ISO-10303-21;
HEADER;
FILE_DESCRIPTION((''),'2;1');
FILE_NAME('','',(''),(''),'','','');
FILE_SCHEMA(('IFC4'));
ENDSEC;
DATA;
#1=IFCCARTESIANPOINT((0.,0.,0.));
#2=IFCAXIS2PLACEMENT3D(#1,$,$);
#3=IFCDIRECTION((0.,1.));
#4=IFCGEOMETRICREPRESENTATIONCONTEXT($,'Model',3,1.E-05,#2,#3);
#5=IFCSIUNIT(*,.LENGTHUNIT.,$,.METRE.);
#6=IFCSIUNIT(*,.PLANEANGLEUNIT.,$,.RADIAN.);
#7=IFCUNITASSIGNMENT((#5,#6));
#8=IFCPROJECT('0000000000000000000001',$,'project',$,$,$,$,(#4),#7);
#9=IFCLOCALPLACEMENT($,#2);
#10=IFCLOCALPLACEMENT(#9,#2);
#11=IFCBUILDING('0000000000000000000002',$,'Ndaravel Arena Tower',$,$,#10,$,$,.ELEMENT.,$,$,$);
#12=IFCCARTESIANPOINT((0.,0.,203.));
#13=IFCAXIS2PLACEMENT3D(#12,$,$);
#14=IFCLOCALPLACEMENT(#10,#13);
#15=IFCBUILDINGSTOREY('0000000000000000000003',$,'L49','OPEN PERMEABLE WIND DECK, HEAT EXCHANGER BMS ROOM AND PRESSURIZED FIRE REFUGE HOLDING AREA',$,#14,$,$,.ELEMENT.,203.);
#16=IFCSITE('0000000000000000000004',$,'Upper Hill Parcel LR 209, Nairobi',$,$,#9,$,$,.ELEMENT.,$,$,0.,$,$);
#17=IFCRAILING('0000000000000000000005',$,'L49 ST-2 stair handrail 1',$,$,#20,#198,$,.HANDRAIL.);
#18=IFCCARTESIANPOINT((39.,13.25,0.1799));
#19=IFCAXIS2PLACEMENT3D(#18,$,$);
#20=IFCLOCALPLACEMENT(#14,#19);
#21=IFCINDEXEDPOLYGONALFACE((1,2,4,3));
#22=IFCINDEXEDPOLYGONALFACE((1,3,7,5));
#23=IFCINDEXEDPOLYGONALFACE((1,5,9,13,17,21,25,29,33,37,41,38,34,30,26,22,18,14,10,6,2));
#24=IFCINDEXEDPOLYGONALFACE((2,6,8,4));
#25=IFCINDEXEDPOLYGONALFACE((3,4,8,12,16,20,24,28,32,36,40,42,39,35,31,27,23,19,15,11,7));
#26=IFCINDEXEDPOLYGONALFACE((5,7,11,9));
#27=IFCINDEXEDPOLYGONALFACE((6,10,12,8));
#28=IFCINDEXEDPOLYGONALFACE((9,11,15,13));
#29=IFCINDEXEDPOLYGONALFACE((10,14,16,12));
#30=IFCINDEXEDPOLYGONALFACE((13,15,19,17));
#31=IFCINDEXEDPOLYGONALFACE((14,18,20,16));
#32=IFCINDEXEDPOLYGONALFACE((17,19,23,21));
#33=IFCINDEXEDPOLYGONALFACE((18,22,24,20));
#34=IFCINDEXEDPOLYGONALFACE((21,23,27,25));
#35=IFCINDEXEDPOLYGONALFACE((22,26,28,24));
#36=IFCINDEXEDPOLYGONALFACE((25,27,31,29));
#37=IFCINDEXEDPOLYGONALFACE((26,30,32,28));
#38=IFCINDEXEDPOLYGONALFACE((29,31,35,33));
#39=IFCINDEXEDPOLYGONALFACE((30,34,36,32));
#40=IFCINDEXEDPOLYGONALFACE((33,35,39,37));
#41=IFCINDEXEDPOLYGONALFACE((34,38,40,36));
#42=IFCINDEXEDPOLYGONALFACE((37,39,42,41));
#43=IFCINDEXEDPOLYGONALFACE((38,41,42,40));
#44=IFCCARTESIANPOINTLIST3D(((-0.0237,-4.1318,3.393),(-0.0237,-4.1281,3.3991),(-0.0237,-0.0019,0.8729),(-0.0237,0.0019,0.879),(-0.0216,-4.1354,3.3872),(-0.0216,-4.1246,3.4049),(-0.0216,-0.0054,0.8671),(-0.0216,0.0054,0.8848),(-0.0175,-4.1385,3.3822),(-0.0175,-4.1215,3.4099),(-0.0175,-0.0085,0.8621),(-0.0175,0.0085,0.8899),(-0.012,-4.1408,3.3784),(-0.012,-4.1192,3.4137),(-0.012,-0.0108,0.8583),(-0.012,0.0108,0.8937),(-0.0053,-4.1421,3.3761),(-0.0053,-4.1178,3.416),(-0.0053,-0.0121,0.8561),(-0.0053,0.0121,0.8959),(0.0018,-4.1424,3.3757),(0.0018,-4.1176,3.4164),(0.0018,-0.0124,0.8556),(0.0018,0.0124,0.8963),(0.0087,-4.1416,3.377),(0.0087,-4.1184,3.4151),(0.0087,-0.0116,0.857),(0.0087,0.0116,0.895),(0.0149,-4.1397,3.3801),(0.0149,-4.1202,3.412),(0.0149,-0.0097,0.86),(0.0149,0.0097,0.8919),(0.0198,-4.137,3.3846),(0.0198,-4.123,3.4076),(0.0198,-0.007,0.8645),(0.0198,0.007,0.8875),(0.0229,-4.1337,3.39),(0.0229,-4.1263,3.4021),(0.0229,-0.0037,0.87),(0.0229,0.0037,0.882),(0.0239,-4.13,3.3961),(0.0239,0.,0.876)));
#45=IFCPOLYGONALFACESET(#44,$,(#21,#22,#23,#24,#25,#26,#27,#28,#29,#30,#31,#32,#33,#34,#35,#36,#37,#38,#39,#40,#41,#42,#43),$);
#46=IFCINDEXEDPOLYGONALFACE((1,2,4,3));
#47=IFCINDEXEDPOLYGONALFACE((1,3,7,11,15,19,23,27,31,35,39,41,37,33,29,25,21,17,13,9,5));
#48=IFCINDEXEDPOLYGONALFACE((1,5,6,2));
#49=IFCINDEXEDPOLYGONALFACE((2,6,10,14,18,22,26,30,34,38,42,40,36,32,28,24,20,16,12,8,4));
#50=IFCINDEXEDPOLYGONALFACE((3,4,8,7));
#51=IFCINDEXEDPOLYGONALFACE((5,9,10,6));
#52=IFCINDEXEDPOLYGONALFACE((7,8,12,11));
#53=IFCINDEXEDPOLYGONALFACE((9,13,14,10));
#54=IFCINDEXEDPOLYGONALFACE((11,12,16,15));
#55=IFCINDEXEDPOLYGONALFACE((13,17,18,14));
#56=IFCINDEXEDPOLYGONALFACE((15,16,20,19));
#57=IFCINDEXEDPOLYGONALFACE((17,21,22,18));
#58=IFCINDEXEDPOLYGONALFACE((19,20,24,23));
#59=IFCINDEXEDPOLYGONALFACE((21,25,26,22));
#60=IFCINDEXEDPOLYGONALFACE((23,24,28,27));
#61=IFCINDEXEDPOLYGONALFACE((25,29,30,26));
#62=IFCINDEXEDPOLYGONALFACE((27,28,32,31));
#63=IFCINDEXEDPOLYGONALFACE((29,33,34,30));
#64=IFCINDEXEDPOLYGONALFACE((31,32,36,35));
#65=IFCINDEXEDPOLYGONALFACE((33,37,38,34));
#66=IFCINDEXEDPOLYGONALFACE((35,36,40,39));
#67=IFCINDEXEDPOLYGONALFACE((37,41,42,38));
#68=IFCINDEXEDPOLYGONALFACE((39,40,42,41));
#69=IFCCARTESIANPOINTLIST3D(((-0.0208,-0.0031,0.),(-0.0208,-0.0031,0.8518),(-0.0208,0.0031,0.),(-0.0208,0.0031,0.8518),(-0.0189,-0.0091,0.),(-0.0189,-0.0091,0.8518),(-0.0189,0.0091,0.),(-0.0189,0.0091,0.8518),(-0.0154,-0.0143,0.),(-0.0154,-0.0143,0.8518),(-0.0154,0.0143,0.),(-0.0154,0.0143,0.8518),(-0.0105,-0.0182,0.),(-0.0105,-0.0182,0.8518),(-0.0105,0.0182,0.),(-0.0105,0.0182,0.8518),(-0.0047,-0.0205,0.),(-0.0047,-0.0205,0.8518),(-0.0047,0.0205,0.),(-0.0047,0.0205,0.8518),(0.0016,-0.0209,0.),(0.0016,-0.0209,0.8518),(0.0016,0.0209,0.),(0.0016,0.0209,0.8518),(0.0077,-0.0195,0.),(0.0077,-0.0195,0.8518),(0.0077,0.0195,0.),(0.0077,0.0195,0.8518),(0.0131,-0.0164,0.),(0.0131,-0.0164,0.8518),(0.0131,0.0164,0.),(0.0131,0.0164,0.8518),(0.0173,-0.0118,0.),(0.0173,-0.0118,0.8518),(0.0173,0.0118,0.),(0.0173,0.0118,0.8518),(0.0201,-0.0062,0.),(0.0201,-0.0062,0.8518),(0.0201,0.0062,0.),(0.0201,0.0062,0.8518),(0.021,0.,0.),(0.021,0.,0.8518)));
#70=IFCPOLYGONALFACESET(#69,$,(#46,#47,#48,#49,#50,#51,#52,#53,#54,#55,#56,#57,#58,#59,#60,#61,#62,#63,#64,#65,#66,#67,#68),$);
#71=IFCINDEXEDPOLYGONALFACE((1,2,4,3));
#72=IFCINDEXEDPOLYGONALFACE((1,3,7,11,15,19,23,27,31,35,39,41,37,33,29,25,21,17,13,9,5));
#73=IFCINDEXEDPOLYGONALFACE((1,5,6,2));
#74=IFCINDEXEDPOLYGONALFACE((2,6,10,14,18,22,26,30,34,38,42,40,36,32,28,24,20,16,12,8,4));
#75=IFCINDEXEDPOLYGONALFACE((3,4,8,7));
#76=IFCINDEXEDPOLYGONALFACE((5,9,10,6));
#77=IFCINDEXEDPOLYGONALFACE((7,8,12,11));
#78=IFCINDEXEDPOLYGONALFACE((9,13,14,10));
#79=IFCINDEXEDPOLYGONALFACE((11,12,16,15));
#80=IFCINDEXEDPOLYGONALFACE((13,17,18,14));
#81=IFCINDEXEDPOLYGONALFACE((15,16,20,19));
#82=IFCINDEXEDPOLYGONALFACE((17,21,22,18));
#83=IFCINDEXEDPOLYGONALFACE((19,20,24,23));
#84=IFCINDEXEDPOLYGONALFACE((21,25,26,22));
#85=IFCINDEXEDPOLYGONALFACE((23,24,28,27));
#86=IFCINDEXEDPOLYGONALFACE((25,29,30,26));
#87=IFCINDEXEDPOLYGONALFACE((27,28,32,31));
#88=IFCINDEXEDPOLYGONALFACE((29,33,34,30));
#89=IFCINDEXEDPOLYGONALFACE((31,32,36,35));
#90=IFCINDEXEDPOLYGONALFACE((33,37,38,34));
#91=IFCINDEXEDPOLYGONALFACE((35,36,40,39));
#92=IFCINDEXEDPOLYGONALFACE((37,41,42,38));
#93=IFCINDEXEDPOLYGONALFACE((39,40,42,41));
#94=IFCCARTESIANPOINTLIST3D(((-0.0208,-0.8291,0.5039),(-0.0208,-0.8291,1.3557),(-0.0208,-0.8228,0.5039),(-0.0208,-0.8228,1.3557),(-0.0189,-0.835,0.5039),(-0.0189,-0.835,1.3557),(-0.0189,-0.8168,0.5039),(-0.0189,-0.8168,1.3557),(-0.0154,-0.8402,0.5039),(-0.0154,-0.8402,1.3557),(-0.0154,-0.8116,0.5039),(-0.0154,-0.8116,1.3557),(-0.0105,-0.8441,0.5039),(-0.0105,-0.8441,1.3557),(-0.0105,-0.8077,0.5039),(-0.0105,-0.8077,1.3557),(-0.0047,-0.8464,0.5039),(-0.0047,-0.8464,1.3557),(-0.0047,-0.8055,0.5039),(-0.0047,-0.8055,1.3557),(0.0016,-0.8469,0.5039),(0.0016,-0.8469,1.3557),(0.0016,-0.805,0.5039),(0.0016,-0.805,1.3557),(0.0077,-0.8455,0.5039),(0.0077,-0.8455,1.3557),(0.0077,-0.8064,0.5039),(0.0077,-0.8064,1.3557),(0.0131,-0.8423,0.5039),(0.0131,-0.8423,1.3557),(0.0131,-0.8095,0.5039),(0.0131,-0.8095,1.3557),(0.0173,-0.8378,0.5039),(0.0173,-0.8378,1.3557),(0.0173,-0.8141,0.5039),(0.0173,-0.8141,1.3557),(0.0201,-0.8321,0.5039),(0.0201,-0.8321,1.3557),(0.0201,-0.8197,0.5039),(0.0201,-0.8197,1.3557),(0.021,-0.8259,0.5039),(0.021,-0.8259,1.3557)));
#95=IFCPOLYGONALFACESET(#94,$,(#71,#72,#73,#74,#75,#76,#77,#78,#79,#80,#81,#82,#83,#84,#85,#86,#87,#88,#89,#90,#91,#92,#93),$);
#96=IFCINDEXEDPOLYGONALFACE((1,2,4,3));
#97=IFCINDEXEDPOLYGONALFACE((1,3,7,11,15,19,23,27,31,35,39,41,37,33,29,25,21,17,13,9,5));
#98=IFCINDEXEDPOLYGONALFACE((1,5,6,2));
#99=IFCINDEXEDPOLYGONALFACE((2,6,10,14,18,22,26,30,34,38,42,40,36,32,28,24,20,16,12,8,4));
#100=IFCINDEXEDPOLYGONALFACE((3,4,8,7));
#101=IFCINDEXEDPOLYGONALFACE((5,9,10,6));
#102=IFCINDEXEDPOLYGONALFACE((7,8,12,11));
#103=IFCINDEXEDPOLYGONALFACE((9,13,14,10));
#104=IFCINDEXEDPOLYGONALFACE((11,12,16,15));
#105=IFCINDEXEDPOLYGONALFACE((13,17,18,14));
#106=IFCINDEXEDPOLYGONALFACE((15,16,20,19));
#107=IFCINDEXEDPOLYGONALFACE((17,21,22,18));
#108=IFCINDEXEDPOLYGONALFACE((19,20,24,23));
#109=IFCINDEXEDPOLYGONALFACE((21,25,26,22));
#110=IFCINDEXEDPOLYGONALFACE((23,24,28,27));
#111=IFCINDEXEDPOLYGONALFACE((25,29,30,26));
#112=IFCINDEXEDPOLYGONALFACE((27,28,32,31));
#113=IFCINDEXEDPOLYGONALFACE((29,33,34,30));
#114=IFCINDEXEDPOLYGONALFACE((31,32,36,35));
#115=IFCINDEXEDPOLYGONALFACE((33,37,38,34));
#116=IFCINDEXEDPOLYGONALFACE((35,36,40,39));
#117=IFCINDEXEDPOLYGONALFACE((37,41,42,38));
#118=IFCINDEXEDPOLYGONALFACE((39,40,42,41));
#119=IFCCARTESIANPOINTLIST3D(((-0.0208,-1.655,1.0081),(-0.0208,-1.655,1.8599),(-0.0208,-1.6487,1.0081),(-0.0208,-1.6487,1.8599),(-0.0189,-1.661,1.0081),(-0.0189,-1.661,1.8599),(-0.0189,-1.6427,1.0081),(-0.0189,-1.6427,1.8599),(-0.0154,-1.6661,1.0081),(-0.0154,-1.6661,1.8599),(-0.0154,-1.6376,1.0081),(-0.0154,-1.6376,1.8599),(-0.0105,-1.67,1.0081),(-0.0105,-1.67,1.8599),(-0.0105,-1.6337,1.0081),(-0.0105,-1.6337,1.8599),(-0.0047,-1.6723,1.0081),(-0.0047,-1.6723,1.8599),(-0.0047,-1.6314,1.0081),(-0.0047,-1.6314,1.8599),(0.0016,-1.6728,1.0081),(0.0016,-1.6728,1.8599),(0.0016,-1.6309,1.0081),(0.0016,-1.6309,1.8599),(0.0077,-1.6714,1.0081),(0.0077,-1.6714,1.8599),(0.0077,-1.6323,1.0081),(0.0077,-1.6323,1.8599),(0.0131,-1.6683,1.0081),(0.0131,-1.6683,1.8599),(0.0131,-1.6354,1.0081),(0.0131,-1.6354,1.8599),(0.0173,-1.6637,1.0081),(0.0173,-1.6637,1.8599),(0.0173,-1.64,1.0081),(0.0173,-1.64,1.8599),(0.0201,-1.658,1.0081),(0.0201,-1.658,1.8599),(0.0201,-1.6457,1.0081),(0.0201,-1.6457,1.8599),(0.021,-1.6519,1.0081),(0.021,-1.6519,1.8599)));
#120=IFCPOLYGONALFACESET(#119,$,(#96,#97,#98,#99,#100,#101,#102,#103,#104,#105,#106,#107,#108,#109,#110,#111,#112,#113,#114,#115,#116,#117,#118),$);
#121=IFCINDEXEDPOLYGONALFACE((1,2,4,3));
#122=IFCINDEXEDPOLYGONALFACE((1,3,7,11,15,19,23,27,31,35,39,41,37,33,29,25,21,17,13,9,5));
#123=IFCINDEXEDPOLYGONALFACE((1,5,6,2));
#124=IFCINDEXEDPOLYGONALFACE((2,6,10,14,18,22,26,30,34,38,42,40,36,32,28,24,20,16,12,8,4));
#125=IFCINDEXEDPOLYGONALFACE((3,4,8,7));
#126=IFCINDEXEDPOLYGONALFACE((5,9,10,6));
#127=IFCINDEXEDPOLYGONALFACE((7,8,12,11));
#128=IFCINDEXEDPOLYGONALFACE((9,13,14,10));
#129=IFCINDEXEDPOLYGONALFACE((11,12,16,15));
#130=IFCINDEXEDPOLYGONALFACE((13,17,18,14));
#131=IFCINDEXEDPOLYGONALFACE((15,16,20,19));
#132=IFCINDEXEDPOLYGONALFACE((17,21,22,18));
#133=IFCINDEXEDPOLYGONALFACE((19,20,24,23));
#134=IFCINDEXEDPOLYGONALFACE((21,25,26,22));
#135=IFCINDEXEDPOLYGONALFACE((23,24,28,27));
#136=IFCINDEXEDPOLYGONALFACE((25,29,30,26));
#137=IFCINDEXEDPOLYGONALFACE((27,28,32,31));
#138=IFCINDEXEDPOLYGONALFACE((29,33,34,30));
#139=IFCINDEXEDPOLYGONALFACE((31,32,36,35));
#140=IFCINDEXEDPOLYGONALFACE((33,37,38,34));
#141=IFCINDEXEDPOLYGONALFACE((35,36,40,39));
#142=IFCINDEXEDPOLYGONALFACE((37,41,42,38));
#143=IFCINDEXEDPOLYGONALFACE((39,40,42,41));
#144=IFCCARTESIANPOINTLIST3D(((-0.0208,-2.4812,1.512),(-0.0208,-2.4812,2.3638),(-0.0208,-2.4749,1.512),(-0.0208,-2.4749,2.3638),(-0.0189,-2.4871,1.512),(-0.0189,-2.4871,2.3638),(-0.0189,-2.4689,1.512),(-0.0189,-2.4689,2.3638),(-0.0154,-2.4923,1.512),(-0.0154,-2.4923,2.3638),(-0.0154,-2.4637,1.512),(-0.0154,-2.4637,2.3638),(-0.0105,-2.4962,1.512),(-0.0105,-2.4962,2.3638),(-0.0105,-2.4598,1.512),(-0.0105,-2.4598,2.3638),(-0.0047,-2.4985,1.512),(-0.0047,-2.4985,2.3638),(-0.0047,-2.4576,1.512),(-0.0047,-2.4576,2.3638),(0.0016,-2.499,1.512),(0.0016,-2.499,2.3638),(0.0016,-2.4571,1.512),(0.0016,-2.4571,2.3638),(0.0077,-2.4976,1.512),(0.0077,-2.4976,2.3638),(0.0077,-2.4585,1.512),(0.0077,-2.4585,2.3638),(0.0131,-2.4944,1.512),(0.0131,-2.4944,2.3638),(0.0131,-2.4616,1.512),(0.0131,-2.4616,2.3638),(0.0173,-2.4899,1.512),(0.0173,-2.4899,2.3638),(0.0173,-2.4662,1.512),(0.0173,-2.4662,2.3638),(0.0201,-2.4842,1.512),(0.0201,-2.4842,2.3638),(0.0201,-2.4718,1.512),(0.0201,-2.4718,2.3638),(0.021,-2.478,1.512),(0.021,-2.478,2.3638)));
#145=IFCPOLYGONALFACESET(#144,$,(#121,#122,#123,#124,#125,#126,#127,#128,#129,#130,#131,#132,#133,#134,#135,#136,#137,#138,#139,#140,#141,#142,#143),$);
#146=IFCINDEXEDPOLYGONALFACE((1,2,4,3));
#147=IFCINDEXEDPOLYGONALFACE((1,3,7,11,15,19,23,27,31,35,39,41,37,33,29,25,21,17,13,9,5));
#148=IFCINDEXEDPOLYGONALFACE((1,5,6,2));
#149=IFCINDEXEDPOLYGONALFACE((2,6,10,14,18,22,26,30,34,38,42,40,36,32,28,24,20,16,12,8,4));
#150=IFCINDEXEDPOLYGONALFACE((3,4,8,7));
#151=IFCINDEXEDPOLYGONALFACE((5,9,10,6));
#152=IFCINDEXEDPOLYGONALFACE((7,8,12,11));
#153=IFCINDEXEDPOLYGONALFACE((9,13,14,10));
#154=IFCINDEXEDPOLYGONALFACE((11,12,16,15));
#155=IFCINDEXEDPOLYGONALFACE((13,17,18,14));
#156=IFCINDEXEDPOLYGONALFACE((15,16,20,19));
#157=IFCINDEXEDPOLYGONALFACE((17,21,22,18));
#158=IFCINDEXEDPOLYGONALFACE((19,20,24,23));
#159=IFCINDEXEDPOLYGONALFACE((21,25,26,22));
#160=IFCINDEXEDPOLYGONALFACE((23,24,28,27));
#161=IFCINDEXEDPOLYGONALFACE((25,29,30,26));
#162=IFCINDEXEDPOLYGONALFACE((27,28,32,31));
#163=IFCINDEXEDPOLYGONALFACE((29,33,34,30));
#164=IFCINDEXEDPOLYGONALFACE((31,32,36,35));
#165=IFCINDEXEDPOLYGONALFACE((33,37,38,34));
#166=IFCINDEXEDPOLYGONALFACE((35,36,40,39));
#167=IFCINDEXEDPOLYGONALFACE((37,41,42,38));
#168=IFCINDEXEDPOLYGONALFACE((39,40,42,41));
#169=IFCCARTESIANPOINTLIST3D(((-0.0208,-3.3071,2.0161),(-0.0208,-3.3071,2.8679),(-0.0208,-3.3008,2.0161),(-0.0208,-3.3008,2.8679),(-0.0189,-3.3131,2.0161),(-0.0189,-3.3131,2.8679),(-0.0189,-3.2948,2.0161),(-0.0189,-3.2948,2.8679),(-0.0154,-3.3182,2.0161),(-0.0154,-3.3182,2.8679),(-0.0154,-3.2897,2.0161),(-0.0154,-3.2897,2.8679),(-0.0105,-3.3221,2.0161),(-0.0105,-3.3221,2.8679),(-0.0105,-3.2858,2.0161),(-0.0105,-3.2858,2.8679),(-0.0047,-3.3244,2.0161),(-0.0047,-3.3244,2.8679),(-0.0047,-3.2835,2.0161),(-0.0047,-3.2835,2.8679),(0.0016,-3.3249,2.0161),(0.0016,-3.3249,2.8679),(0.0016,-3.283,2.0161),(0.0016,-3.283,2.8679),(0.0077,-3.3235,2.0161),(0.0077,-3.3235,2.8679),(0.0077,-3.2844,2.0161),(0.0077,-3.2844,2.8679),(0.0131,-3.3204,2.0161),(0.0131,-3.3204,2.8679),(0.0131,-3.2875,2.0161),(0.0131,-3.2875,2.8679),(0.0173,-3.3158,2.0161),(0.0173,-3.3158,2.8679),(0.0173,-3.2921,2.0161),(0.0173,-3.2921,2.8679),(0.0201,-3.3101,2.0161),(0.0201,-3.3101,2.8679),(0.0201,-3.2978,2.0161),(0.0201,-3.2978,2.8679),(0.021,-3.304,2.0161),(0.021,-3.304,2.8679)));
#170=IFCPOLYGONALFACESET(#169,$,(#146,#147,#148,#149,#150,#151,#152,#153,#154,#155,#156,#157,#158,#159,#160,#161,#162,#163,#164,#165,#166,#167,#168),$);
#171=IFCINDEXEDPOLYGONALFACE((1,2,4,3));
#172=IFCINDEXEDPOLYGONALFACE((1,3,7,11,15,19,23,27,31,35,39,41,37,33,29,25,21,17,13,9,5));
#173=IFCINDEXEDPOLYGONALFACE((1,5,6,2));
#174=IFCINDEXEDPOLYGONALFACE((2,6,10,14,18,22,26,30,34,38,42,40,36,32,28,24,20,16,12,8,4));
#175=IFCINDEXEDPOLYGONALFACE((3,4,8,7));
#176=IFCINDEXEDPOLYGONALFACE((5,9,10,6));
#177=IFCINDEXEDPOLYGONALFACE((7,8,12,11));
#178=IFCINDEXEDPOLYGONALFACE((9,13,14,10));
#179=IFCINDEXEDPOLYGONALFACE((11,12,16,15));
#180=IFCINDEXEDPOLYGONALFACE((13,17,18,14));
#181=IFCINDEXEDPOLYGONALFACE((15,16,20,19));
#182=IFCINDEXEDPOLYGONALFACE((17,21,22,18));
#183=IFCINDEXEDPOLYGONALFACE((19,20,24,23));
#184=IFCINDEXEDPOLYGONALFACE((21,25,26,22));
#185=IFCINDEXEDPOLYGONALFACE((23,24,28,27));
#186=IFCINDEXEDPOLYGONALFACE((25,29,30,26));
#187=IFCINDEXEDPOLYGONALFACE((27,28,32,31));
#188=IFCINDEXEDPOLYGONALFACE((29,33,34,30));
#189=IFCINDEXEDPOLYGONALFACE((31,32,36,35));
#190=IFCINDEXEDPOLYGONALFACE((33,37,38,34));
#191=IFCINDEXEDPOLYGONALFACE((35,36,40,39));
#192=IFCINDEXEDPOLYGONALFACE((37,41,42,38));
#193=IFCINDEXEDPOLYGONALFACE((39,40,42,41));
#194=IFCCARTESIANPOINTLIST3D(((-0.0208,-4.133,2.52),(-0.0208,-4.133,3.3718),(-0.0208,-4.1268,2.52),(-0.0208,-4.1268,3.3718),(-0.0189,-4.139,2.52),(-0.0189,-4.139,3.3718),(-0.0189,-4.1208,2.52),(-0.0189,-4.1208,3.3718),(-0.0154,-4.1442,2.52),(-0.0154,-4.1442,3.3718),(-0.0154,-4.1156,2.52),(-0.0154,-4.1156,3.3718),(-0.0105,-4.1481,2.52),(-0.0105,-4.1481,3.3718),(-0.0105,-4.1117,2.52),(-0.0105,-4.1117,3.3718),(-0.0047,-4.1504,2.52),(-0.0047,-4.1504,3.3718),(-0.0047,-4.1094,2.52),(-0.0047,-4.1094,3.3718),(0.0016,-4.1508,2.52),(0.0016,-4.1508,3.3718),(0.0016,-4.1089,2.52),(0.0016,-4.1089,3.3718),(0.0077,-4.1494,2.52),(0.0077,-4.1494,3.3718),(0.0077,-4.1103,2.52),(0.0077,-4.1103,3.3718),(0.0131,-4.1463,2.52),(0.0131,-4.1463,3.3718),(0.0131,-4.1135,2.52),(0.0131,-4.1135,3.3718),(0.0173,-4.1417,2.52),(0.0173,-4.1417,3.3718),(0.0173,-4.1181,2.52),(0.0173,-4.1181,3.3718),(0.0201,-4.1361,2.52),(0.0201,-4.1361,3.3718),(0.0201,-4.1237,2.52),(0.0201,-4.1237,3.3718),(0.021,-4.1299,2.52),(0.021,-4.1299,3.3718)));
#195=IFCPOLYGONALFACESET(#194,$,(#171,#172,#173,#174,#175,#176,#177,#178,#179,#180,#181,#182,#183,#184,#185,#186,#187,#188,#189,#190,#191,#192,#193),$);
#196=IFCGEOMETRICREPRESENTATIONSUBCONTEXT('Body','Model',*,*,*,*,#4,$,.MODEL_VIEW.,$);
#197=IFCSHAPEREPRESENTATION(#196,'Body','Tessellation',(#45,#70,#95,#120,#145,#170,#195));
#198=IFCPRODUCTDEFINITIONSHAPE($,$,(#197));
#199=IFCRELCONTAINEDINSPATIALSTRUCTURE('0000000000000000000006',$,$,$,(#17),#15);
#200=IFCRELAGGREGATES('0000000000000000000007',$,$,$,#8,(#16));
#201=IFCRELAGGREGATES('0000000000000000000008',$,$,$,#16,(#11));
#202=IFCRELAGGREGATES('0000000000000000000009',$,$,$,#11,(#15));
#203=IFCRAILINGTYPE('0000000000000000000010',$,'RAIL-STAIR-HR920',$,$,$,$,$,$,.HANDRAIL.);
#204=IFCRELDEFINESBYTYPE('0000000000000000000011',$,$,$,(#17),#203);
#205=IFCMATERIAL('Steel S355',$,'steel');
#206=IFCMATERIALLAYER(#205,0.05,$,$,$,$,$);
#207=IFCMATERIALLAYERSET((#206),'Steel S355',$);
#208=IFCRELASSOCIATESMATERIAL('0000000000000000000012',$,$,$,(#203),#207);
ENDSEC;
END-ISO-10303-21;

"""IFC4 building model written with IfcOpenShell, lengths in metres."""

from ifc_helpers import new_model, si_unit, direction, frame, origin, origin_2d, place, context, subcontext, project, spatial, circle, extrude, material, layer, layer_set, type_object, element, save


model = new_model("IFC4")

# Units and contexts
model_context = context("Model", 3, precision=1e-05, world=origin(), true_north=direction((0.0, 1.0)))
body_context = subcontext(model_context, "Body", "Model", "MODEL_VIEW")
ifc_project = project(units=[si_unit("LENGTHUNIT", "METRE"), si_unit("PLANEANGLEUNIT", "RADIAN")], contexts=[model_context])

# Site, building, storey
site_placement = place(None, origin())
site = spatial("IfcSite", under=ifc_project, at=site_placement, Name="Upper Hill Parcel LR 209, Nairobi", CompositionType="ELEMENT", RefElevation=0.0)
building_placement = place(site_placement, origin())
building = spatial("IfcBuilding", under=site, at=building_placement, Name="Ndaravel Arena Tower", CompositionType="ELEMENT")
storey_placement = place(building_placement, frame((0.0, 0.0, 203.0)))
storey = spatial("IfcBuildingStorey", under=building, at=storey_placement, Name="L49", Description="OPEN PERMEABLE WIND DECK, HEAT EXCHANGER BMS ROOM AND PRESSURIZED FIRE REFUGE HOLDING AREA", CompositionType="ELEMENT", Elevation=203.0)

# Railing
ifc_material_1 = material(Name="Steel S355", Category="steel")
ifc_layer_1 = layer(ifc_material_1, 0.05)
ifc_layer_set_1 = layer_set([ifc_layer_1], Name="Steel S355")
railing_type_1 = type_object("IfcRailingType", Name="RAIL-STAIR-HR920", PredefinedType="HANDRAIL", material=ifc_layer_set_1)
railing_1_placement = place(storey_placement, frame((39.0, 13.25, 0.1799)))
element("IfcRailing", 1, at=railing_1_placement, inside=storey, type_object=railing_type_1, Name="L49 ST-2 stair handrail 1", PredefinedType="HANDRAIL", context=body_context, shape_type="SweptSolid", body=[
    extrude(circle(Radius=0.0239, at=origin_2d()), frame((0.0, 0.0, 0.876), z_axis=(0.0, -0.853631, 0.520878), x_axis=(1.0, 0.0, 0.0)), (0.0, 0.0, 1.0), 4.8381),
    extrude(circle(Radius=0.021, at=origin_2d()), origin(), (0.0, 0.0, 1.0), 0.8518),
    extrude(circle(Radius=0.021, at=origin_2d()), frame((0.0, -0.8259, 0.5039)), (0.0, 0.0, 1.0), 0.8518),
    extrude(circle(Radius=0.021, at=origin_2d()), frame((0.0, -1.6519, 1.0081)), (0.0, 0.0, 1.0), 0.8518),
    extrude(circle(Radius=0.021, at=origin_2d()), frame((0.0, -2.478, 1.512)), (0.0, 0.0, 1.0), 0.8518),
    extrude(circle(Radius=0.021, at=origin_2d()), frame((0.0, -3.304, 2.0161)), (0.0, 0.0, 1.0), 0.8518),
    extrude(circle(Radius=0.021, at=origin_2d()), frame((0.0, -4.1299, 2.52)), (0.0, 0.0, 1.0), 0.8518),
])

save(model, "model.ifc")
